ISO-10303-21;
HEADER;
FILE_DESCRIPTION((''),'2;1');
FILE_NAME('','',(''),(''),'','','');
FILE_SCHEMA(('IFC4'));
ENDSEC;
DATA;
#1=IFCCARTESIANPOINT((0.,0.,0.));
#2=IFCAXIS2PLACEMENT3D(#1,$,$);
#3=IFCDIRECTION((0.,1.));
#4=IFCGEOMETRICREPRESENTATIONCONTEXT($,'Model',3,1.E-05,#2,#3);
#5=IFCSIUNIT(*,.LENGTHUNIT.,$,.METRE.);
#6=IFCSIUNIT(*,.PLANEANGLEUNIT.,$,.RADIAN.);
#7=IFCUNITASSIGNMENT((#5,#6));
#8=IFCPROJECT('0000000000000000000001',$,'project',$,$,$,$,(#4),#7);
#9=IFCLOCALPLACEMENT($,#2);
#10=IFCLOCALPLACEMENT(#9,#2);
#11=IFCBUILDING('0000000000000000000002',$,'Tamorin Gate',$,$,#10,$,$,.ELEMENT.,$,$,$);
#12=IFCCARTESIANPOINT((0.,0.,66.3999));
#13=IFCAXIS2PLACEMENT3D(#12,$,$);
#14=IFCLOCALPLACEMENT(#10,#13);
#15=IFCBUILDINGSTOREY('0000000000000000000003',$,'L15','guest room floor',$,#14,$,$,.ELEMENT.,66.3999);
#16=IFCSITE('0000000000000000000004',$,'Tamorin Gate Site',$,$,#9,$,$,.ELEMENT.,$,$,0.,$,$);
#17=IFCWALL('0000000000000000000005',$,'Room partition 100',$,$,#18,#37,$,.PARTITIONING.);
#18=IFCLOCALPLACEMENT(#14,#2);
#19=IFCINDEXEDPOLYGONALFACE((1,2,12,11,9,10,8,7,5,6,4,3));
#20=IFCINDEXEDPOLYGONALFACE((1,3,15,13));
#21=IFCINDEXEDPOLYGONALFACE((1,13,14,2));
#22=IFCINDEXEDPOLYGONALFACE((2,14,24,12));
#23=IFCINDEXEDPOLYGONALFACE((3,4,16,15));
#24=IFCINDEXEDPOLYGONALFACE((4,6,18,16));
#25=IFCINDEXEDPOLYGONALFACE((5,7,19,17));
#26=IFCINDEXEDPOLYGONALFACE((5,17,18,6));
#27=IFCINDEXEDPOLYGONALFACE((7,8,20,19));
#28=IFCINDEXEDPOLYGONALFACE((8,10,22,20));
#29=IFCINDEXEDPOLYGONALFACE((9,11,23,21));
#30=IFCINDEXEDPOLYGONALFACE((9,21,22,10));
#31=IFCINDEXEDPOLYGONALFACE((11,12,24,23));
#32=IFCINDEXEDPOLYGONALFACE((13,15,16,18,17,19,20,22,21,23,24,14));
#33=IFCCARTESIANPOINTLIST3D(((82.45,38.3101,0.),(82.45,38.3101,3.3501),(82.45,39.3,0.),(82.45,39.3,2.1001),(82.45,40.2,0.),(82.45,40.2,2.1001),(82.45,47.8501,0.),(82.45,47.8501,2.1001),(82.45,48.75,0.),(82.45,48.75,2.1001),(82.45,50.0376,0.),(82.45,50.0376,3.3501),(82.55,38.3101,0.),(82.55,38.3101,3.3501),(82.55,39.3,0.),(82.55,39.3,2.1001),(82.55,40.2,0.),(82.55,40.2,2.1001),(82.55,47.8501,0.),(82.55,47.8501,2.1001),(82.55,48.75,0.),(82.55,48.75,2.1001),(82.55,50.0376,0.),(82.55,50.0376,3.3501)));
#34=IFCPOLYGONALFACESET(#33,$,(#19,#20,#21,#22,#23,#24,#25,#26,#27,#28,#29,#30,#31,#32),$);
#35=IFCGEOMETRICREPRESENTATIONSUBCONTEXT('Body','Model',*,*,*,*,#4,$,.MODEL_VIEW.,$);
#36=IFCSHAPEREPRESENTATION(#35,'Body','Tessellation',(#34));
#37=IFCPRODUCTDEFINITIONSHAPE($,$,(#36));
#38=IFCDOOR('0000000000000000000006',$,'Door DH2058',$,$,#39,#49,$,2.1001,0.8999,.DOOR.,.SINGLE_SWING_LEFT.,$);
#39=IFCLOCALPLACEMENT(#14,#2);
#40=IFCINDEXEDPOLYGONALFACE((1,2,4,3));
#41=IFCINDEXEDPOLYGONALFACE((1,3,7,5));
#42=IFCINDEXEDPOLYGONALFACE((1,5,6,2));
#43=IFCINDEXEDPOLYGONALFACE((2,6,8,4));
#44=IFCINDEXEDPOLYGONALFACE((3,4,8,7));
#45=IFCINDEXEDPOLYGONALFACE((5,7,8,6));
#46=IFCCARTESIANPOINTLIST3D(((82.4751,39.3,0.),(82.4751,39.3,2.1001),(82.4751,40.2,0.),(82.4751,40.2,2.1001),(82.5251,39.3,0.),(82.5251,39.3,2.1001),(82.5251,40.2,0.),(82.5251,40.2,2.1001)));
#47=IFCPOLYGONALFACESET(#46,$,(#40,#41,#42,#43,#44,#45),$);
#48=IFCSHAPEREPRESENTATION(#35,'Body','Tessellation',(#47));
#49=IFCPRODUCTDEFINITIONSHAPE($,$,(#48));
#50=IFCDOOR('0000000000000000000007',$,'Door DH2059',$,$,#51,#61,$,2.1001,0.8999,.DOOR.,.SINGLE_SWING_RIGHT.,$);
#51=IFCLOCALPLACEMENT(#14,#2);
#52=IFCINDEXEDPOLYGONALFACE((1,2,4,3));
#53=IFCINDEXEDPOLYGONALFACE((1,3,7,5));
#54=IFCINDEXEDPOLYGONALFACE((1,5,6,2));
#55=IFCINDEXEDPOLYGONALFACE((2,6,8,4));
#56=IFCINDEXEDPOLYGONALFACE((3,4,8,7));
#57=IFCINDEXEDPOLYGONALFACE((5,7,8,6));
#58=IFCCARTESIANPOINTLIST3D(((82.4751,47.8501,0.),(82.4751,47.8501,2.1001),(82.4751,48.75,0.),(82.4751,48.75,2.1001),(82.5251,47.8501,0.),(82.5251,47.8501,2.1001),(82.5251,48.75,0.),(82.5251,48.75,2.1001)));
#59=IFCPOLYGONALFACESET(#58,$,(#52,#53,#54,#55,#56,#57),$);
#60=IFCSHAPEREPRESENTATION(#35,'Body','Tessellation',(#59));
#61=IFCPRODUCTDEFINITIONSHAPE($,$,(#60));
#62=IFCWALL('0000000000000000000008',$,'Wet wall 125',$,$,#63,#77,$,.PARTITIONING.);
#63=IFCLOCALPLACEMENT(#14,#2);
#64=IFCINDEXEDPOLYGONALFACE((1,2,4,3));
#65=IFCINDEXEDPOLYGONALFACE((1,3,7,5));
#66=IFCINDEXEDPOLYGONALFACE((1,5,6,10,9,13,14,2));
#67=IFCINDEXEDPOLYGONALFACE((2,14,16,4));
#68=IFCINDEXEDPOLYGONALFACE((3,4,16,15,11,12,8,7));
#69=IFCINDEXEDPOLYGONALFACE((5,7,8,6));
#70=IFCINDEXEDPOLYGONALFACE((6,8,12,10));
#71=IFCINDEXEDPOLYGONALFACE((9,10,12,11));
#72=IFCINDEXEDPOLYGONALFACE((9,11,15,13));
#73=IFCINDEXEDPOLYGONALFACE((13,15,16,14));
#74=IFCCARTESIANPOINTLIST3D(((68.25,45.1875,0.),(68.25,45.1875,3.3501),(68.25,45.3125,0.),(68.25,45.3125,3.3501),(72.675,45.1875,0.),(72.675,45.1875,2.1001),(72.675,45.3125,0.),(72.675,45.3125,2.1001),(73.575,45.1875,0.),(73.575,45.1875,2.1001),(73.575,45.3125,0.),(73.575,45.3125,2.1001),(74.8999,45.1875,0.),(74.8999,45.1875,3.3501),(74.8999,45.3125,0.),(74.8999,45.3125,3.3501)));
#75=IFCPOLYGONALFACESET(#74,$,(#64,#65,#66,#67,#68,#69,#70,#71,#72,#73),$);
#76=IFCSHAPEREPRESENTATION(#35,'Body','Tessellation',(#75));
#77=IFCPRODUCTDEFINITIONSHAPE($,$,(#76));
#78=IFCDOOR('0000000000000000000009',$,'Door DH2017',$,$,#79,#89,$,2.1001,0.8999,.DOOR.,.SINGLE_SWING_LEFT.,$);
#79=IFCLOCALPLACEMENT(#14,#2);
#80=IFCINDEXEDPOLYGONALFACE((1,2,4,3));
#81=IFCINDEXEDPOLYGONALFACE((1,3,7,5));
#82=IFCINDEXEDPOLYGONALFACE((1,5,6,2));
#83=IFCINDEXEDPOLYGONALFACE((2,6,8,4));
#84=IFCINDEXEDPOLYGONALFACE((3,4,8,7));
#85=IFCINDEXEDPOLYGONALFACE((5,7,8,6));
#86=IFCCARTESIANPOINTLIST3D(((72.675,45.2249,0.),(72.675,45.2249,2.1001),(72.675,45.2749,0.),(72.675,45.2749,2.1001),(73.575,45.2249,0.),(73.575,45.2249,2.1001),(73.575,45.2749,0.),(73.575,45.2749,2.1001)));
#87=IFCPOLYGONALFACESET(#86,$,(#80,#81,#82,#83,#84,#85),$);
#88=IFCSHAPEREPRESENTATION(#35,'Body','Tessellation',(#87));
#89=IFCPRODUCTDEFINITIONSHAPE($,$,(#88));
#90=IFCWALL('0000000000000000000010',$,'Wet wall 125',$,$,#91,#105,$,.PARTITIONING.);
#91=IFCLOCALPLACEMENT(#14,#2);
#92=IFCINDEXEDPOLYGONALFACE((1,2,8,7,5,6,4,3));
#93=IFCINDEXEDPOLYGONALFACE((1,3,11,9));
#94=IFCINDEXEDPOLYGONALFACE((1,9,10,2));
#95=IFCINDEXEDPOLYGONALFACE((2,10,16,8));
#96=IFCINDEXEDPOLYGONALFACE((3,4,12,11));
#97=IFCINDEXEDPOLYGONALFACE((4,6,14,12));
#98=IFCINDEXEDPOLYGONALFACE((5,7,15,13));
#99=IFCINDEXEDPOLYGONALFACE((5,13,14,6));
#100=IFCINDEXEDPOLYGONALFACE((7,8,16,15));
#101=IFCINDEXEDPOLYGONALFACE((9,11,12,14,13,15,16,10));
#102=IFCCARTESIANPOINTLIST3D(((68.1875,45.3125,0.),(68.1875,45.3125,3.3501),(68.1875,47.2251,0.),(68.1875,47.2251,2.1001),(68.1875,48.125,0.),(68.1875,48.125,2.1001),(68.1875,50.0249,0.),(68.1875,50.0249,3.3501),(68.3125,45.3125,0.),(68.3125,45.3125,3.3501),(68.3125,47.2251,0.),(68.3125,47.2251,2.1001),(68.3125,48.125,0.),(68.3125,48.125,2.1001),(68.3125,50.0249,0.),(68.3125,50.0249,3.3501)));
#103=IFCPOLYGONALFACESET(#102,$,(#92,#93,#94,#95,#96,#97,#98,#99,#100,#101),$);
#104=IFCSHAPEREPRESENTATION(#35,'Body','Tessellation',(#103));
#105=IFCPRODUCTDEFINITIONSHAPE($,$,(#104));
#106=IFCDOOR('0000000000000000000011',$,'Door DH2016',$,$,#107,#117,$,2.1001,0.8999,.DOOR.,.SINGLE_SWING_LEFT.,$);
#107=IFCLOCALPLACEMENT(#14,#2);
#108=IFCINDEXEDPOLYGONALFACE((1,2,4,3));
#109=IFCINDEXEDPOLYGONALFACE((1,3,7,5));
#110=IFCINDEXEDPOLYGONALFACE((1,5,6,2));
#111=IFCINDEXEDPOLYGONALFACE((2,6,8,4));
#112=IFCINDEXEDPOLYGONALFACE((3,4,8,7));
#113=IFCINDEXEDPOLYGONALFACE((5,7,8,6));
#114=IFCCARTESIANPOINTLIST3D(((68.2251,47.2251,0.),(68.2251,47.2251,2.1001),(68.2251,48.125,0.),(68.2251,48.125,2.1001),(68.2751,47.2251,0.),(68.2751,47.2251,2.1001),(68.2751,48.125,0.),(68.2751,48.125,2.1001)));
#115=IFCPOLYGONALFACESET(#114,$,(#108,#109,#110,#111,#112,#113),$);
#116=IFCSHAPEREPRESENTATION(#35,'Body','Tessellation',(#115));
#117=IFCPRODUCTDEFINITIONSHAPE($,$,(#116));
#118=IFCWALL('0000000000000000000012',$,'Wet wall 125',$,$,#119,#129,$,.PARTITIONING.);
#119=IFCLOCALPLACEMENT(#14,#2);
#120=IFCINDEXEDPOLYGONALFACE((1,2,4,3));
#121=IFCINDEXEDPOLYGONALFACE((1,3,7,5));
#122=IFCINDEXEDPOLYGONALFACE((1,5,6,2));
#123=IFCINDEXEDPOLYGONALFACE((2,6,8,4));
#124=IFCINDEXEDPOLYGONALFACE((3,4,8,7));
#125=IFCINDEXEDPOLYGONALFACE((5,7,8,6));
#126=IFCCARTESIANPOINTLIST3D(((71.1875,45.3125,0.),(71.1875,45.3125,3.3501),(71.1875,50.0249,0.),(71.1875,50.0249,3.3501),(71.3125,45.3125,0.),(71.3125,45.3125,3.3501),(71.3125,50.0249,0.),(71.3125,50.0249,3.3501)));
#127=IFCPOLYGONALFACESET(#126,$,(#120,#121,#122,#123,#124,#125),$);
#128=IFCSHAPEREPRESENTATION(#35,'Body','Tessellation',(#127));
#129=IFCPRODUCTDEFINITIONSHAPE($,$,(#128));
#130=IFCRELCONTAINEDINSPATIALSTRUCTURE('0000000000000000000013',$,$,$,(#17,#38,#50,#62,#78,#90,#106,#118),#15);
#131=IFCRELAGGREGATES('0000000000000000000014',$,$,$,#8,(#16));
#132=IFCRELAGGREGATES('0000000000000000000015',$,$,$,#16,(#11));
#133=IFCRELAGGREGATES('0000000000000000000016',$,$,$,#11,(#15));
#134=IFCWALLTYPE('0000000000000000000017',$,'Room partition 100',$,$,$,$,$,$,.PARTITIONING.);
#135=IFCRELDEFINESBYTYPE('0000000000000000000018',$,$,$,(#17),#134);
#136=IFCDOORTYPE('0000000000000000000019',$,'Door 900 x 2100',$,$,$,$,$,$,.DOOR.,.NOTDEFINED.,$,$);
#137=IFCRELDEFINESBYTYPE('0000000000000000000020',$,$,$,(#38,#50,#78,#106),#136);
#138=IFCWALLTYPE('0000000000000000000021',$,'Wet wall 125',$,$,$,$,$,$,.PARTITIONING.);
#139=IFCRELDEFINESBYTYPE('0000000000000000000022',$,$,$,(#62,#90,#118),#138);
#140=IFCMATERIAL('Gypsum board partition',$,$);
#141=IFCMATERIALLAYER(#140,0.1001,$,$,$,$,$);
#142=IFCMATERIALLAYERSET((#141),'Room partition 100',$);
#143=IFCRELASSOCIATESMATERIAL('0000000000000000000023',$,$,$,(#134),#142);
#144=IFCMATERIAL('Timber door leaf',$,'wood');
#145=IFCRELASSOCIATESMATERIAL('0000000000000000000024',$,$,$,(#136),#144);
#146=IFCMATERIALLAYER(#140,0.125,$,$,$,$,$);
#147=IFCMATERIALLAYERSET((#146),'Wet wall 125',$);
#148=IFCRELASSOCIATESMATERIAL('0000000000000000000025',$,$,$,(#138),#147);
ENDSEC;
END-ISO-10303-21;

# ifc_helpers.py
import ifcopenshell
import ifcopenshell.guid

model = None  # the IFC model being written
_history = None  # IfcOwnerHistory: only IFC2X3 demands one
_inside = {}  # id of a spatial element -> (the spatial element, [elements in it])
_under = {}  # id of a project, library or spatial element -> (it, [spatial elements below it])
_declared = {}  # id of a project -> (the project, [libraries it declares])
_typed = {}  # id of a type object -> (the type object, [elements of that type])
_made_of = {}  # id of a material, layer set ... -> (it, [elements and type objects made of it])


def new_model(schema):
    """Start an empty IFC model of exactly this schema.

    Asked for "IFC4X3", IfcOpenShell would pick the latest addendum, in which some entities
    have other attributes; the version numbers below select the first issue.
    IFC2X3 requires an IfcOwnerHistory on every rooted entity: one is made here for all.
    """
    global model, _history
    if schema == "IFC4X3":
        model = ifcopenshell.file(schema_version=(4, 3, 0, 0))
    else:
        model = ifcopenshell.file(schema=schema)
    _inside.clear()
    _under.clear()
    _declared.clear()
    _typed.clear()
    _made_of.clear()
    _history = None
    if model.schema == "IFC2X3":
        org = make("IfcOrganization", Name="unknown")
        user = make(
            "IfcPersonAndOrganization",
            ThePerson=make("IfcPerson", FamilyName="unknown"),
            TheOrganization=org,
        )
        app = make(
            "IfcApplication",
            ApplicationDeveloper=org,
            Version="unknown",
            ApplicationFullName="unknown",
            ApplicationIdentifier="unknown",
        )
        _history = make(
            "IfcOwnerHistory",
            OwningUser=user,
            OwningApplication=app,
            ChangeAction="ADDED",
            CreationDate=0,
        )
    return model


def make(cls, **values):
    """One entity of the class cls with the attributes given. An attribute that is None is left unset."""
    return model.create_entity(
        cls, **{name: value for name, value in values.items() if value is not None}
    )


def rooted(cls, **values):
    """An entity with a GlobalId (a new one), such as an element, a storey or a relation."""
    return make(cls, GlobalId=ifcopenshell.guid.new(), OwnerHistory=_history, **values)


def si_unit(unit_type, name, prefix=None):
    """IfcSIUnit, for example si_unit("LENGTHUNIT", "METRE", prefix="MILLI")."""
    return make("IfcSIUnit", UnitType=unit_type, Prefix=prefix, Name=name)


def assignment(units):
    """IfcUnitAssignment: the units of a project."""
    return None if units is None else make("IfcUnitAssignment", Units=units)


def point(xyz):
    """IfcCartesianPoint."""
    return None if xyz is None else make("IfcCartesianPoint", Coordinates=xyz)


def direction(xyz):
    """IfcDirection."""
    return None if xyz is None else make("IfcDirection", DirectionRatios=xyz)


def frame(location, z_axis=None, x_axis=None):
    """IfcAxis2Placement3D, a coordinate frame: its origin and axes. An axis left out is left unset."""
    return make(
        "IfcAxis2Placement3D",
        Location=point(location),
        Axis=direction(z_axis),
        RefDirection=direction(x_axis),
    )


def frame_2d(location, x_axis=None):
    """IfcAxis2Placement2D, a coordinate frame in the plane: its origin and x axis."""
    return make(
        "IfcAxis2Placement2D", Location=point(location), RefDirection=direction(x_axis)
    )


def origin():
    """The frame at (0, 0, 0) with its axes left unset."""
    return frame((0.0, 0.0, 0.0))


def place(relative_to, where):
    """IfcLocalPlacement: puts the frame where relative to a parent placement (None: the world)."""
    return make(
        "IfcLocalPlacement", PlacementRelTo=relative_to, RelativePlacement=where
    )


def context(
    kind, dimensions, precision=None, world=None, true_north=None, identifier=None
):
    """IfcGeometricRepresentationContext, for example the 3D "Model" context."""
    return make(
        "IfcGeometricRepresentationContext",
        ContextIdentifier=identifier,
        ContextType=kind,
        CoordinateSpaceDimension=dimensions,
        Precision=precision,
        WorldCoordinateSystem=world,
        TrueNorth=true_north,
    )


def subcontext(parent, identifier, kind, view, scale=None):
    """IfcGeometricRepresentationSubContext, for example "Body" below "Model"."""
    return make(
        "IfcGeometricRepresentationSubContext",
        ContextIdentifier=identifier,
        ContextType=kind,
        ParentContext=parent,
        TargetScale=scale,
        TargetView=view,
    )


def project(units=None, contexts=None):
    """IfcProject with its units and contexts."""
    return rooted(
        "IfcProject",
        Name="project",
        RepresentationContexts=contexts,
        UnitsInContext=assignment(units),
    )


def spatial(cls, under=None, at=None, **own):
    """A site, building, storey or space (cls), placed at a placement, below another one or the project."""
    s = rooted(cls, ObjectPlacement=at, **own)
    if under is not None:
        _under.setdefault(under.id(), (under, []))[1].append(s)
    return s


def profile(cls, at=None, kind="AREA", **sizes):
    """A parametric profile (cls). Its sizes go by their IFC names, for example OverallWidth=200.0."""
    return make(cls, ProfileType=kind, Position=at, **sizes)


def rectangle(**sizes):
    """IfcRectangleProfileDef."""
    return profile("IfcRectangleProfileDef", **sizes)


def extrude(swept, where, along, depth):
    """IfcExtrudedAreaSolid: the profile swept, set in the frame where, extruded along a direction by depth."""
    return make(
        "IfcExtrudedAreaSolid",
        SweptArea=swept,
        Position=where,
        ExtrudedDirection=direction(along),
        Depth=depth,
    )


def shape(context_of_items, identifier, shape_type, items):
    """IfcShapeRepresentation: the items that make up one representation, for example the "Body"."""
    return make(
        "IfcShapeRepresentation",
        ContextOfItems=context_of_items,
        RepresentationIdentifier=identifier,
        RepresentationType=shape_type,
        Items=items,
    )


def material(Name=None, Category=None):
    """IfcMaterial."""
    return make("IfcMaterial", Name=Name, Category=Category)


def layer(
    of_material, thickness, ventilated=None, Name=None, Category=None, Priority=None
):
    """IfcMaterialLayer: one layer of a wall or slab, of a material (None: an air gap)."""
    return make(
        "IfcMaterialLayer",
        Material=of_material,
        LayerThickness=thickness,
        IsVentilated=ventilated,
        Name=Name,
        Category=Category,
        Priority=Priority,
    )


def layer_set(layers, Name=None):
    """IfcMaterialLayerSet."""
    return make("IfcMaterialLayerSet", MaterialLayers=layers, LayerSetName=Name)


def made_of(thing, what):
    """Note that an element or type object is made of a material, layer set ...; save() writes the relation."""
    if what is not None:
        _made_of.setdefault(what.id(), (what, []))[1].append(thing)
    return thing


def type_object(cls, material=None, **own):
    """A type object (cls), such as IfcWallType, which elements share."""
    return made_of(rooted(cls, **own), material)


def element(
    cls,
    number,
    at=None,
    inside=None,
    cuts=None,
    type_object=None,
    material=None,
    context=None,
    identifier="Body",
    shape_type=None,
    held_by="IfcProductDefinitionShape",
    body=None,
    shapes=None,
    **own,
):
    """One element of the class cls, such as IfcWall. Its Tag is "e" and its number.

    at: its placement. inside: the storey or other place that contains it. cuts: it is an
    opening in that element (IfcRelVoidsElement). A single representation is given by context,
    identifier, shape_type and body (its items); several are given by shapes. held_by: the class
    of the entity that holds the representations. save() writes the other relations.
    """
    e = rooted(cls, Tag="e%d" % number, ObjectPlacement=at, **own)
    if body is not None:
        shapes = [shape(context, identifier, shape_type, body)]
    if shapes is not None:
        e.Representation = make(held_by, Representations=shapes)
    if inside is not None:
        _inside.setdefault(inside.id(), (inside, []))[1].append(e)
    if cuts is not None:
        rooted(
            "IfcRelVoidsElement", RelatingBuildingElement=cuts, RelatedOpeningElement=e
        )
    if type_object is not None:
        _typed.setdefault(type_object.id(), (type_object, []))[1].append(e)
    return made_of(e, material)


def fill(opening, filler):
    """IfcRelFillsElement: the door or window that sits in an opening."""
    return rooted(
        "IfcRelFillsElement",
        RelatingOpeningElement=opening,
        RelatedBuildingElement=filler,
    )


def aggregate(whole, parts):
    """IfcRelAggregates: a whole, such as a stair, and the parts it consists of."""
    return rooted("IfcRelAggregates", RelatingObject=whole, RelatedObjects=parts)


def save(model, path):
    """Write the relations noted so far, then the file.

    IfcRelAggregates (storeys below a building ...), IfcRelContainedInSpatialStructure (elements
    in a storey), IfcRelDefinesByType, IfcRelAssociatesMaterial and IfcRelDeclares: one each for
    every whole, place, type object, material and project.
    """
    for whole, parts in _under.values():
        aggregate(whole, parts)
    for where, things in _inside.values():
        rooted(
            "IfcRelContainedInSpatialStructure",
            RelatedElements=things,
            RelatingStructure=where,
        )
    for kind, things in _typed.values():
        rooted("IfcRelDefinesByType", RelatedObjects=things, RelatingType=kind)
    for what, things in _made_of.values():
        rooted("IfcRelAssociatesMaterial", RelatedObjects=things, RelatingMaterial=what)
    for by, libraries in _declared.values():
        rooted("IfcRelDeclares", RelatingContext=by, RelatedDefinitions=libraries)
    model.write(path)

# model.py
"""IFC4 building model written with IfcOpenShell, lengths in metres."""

from ifc_helpers import new_model, si_unit, direction, frame, frame_2d, origin, place, context, subcontext, project, spatial, rectangle, extrude, material, layer, layer_set, type_object, element, fill, save


model = new_model("IFC4")

# Units and contexts
model_context = context("Model", 3, precision=1e-05, world=origin(), true_north=direction((0.0, 1.0)))
body_context = subcontext(model_context, "Body", "Model", "MODEL_VIEW")
ifc_project = project(units=[si_unit("LENGTHUNIT", "METRE"), si_unit("PLANEANGLEUNIT", "RADIAN")], contexts=[model_context])

# Site, building, storey
site_placement = place(None, origin())
site = spatial("IfcSite", under=ifc_project, at=site_placement, Name="Tamorin Gate Site", CompositionType="ELEMENT", RefElevation=0.0)
building_placement = place(site_placement, origin())
building = spatial("IfcBuilding", under=site, at=building_placement, Name="Tamorin Gate", CompositionType="ELEMENT")
storey_placement = place(building_placement, frame((0.0, 0.0, 66.3999)))
storey = spatial("IfcBuildingStorey", under=building, at=storey_placement, Name="L15", Description="guest room floor", CompositionType="ELEMENT", Elevation=66.3999)

# Shared definitions
ifc_material_1 = material(Name="Gypsum board partition")
ifc_layer_1 = layer(ifc_material_1, 0.1001)
ifc_layer_set_1 = layer_set([ifc_layer_1], Name="Room partition 100")
wall_type_1 = type_object("IfcWallType", Name="Room partition 100", PredefinedType="PARTITIONING", material=ifc_layer_set_1)

# Shared definitions
ifc_material_2 = material(Name="Timber door leaf", Category="wood")
door_type = type_object("IfcDoorType", Name="Door 900 x 2100", OperationType="NOTDEFINED", PredefinedType="DOOR", material=ifc_material_2)

# Wall, openings, doors
wall_1_placement = place(storey_placement, frame((82.5, 38.3101, 0.0), z_axis=(0.0, 0.0, 1.0), x_axis=(0.0, 1.0, 0.0)))
wall_1 = element("IfcWall", 1, at=wall_1_placement, inside=storey, type_object=wall_type_1, Name="Room partition 100", PredefinedType="PARTITIONING", context=body_context, shape_type="SweptSolid", body=[
    extrude(rectangle(XDim=11.7275, YDim=0.1001, at=frame_2d((5.8638, 0.0))), origin(), (0.0, 0.0, 1.0), 3.3501),
])
opening_1_placement = place(wall_1_placement, frame((0.99, 0.0, 0.0)))
opening_1 = element("IfcOpeningElement", 2, at=opening_1_placement, cuts=wall_1, PredefinedType="OPENING", context=body_context, shape_type="SweptSolid", body=[
    extrude(rectangle(XDim=0.8999, YDim=2.1001, at=frame_2d((0.45, 1.05))), frame((0.0, 0.0601, 0.0), z_axis=(0.0, -1.0, 0.0), x_axis=(1.0, 0.0, 0.0)), (0.0, 0.0, 1.0), 0.1201),
])
opening_2_placement = place(wall_1_placement, frame((9.54, 0.0, 0.0)))
opening_2 = element("IfcOpeningElement", 3, at=opening_2_placement, cuts=wall_1, PredefinedType="OPENING", context=body_context, shape_type="SweptSolid", body=[
    extrude(rectangle(XDim=0.8999, YDim=2.1001, at=frame_2d((0.45, 1.05))), frame((0.0, 0.0601, 0.0), z_axis=(0.0, -1.0, 0.0), x_axis=(1.0, 0.0, 0.0)), (0.0, 0.0, 1.0), 0.1201),
])
door_1_placement = place(opening_1_placement, origin())
door_1 = element("IfcDoor", 4, at=door_1_placement, inside=storey, type_object=door_type, Name="Door DH2058", OperationType="SINGLE_SWING_LEFT", OverallHeight=2.1001, OverallWidth=0.8999, PredefinedType="DOOR", context=body_context, shape_type="SweptSolid", body=[
    extrude(rectangle(XDim=0.8999, YDim=2.1001, at=frame_2d((0.45, 1.05))), frame((0.0, 0.0249, 0.0), z_axis=(0.0, -1.0, 0.0), x_axis=(1.0, 0.0, 0.0)), (0.0, 0.0, 1.0), 0.05),
])
fill(opening_1, door_1)
door_2_placement = place(opening_2_placement, origin())
door_2 = element("IfcDoor", 5, at=door_2_placement, inside=storey, type_object=door_type, Name="Door DH2059", OperationType="SINGLE_SWING_RIGHT", OverallHeight=2.1001, OverallWidth=0.8999, PredefinedType="DOOR", context=body_context, shape_type="SweptSolid", body=[
    extrude(rectangle(XDim=0.8999, YDim=2.1001, at=frame_2d((0.45, 1.05))), frame((0.0, 0.0249, 0.0), z_axis=(0.0, -1.0, 0.0), x_axis=(1.0, 0.0, 0.0)), (0.0, 0.0, 1.0), 0.05),
])
fill(opening_2, door_2)

# Walls, openings, doors
ifc_layer_2 = layer(ifc_material_1, 0.125)
ifc_layer_set_2 = layer_set([ifc_layer_2], Name="Wet wall 125")
wall_type_2 = type_object("IfcWallType", Name="Wet wall 125", PredefinedType="PARTITIONING", material=ifc_layer_set_2)
wall_2_placement = place(storey_placement, frame((68.25, 45.25, 0.0), z_axis=(0.0, 0.0, 1.0), x_axis=(1.0, 0.0, 0.0)))
wall_2 = element("IfcWall", 6, at=wall_2_placement, inside=storey, type_object=wall_type_2, Name="Wet wall 125", PredefinedType="PARTITIONING", context=body_context, shape_type="SweptSolid", body=[
    extrude(rectangle(XDim=6.6499, YDim=0.125, at=frame_2d((3.325, 0.0))), origin(), (0.0, 0.0, 1.0), 3.3501),
])
opening_3_placement = place(wall_2_placement, frame((4.425, 0.0, 0.0)))
opening_3 = element("IfcOpeningElement", 7, at=opening_3_placement, cuts=wall_2, PredefinedType="OPENING", context=body_context, shape_type="SweptSolid", body=[
    extrude(rectangle(XDim=0.8999, YDim=2.1001, at=frame_2d((0.45, 1.05))), frame((0.0, 0.0725, 0.0), z_axis=(0.0, -1.0, 0.0), x_axis=(1.0, 0.0, 0.0)), (0.0, 0.0, 1.0), 0.145),
])
door_3_placement = place(opening_3_placement, origin())
door_3 = element("IfcDoor", 8, at=door_3_placement, inside=storey, type_object=door_type, Name="Door DH2017", OperationType="SINGLE_SWING_LEFT", OverallHeight=2.1001, OverallWidth=0.8999, PredefinedType="DOOR", context=body_context, shape_type="SweptSolid", body=[
    extrude(rectangle(XDim=0.8999, YDim=2.1001, at=frame_2d((0.45, 1.05))), frame((0.0, 0.0249, 0.0), z_axis=(0.0, -1.0, 0.0), x_axis=(1.0, 0.0, 0.0)), (0.0, 0.0, 1.0), 0.05),
])
fill(opening_3, door_3)
wall_3_placement = place(storey_placement, frame((68.25, 45.3125, 0.0), z_axis=(0.0, 0.0, 1.0), x_axis=(0.0, 1.0, 0.0)))
wall_3 = element("IfcWall", 9, at=wall_3_placement, inside=storey, type_object=wall_type_2, Name="Wet wall 125", PredefinedType="PARTITIONING", context=body_context, shape_type="SweptSolid", body=[
    extrude(rectangle(XDim=4.7124, YDim=0.125, at=frame_2d((2.3562, 0.0))), origin(), (0.0, 0.0, 1.0), 3.3501),
])
opening_4_placement = place(wall_3_placement, frame((1.9126, 0.0, 0.0)))
opening_4 = element("IfcOpeningElement", 10, at=opening_4_placement, cuts=wall_3, PredefinedType="OPENING", context=body_context, shape_type="SweptSolid", body=[
    extrude(rectangle(XDim=0.8999, YDim=2.1001, at=frame_2d((0.45, 1.05))), frame((0.0, 0.0725, 0.0), z_axis=(0.0, -1.0, 0.0), x_axis=(1.0, 0.0, 0.0)), (0.0, 0.0, 1.0), 0.145),
])
door_4_placement = place(opening_4_placement, origin())
door_4 = element("IfcDoor", 11, at=door_4_placement, inside=storey, type_object=door_type, Name="Door DH2016", OperationType="SINGLE_SWING_LEFT", OverallHeight=2.1001, OverallWidth=0.8999, PredefinedType="DOOR", context=body_context, shape_type="SweptSolid", body=[
    extrude(rectangle(XDim=0.8999, YDim=2.1001, at=frame_2d((0.45, 1.05))), frame((0.0, 0.0249, 0.0), z_axis=(0.0, -1.0, 0.0), x_axis=(1.0, 0.0, 0.0)), (0.0, 0.0, 1.0), 0.05),
])
fill(opening_4, door_4)

# Wall
wall_4_placement = place(storey_placement, frame((71.25, 45.3125, 0.0), z_axis=(0.0, 0.0, 1.0), x_axis=(0.0, 1.0, 0.0)))
element("IfcWall", 12, at=wall_4_placement, inside=storey, type_object=wall_type_2, Name="Wet wall 125", PredefinedType="PARTITIONING", context=body_context, shape_type="SweptSolid", body=[
    extrude(rectangle(XDim=4.7124, YDim=0.125, at=frame_2d((2.3562, 0.0))), origin(), (0.0, 0.0, 1.0), 3.3501),
])

save(model, "model.ifc")
